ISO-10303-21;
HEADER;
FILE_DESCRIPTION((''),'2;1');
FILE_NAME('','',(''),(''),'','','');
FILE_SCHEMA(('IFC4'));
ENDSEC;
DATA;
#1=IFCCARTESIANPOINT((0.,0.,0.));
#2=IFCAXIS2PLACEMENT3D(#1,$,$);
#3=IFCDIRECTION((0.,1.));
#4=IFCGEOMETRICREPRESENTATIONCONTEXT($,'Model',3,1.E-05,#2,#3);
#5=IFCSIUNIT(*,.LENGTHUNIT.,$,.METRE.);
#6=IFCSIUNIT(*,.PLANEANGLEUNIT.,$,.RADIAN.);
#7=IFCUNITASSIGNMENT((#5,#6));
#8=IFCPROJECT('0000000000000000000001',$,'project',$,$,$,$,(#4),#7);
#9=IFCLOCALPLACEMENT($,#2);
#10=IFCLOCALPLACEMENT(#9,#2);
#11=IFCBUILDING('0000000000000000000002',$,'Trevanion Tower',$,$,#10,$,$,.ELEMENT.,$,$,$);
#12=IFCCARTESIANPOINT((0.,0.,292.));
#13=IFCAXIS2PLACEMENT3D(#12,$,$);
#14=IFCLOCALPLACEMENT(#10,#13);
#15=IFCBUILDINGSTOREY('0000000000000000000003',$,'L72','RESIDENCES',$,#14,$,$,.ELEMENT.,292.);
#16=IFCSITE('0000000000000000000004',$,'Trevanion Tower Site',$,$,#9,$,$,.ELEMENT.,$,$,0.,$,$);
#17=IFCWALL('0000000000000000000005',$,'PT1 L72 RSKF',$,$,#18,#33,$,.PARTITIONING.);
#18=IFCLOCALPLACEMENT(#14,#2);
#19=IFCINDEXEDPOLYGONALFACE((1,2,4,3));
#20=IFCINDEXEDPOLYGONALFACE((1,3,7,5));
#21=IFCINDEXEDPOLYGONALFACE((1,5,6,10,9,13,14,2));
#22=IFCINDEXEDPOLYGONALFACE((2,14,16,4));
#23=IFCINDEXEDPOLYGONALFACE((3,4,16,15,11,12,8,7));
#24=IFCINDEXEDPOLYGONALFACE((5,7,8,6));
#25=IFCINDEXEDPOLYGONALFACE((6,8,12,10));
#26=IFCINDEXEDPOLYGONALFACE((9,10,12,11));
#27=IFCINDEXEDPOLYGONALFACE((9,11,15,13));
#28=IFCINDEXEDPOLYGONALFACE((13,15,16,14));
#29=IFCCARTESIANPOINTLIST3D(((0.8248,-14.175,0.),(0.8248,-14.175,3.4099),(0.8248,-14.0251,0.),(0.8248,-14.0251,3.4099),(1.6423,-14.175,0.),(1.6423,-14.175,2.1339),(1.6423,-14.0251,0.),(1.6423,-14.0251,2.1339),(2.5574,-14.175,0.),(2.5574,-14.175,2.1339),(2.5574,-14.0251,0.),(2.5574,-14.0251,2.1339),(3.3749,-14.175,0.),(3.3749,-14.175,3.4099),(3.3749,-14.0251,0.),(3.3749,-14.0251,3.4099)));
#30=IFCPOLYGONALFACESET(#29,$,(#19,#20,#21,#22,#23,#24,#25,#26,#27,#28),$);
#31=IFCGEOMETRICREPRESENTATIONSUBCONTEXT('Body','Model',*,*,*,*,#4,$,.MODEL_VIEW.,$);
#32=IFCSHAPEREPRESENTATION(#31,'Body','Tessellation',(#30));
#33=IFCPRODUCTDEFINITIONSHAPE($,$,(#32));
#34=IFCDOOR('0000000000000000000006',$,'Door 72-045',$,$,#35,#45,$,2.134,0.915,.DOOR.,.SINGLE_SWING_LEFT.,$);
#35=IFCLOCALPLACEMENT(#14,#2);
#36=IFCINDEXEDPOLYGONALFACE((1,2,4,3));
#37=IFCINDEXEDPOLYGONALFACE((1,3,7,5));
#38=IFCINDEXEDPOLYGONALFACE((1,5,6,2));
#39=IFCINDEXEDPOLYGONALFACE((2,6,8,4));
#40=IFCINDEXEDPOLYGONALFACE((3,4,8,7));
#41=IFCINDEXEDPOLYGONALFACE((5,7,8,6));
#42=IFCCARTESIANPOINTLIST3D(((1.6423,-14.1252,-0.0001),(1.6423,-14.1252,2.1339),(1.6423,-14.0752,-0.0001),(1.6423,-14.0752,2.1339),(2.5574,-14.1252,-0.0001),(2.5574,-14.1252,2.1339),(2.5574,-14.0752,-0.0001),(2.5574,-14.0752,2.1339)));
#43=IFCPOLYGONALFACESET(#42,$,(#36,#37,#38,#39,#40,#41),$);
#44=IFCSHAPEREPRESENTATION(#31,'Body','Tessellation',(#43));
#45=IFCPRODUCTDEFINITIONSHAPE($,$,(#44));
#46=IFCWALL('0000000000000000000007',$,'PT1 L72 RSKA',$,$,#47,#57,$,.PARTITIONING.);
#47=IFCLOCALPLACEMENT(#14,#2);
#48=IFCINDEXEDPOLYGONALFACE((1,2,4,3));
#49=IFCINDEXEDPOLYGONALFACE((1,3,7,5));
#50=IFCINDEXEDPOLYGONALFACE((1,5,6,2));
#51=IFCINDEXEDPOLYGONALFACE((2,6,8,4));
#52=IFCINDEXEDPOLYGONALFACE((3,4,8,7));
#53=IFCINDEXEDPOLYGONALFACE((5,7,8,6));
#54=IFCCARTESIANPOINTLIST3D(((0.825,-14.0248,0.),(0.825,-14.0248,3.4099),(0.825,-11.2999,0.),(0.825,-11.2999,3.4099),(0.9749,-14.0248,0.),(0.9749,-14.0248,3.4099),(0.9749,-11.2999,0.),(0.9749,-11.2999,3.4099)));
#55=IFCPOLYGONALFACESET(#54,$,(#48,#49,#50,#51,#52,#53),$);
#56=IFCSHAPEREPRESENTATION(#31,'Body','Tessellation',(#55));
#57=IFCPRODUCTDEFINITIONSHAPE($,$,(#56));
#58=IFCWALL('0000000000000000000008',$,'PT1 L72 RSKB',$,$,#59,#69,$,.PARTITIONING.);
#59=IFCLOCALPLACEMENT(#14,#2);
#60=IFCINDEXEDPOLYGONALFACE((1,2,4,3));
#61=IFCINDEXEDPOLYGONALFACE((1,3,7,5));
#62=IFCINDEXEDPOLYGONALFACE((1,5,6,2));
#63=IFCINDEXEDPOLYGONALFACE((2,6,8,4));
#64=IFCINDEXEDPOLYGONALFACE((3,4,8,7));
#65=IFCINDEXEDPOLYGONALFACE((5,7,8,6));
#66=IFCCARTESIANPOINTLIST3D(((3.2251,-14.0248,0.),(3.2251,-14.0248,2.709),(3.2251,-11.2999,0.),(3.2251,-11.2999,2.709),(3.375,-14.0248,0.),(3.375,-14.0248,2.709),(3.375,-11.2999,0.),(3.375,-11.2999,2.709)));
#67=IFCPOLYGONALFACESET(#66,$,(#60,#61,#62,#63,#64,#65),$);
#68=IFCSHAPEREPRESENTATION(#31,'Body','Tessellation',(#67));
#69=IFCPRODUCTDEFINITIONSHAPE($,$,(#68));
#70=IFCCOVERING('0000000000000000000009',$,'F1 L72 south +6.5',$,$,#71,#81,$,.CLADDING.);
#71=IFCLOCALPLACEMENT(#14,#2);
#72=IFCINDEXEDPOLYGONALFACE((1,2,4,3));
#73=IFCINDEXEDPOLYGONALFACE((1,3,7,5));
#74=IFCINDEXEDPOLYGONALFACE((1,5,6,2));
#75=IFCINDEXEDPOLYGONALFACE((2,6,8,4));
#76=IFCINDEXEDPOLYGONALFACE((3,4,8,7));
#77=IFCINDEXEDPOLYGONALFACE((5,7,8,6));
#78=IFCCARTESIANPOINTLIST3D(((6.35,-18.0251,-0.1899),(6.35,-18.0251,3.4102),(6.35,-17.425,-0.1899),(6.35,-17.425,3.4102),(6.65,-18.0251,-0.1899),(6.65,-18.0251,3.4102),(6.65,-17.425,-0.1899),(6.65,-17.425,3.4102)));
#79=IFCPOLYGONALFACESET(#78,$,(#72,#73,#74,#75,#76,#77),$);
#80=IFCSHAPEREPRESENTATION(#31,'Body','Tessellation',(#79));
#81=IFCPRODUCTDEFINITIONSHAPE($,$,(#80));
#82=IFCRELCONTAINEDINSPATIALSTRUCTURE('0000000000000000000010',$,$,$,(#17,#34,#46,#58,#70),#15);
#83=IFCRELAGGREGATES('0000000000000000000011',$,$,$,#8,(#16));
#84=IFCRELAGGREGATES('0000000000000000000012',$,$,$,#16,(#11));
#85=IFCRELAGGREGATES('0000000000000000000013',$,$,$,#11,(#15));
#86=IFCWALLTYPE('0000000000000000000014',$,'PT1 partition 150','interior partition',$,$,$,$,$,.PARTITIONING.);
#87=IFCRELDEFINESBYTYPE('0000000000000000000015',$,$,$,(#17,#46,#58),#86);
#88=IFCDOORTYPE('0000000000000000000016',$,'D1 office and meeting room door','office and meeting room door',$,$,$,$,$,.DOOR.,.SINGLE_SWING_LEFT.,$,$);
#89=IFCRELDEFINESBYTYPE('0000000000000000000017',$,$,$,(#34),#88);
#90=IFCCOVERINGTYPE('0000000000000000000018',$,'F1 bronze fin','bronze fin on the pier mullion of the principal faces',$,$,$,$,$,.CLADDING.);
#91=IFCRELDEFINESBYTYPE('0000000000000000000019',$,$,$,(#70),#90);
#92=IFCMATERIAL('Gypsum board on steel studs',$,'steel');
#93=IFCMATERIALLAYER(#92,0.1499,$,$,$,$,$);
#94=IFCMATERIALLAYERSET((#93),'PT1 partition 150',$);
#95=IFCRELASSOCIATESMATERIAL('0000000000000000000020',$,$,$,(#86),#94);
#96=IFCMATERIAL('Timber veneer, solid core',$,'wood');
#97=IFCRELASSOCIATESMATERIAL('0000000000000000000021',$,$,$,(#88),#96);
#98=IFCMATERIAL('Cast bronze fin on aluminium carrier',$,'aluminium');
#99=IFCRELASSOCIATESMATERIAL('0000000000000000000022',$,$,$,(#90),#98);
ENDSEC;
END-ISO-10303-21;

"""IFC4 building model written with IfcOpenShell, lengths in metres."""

from ifc_helpers import new_model, si_unit, direction, frame, frame_2d, origin, origin_2d, place, context, subcontext, project, spatial, rectangle, extrude, material, layer, layer_set, type_object, element, fill, save


model = new_model("IFC4")

# Units and contexts
model_context = context("Model", 3, precision=1e-05, world=origin(), true_north=direction((0.0, 1.0)))
body_context = subcontext(model_context, "Body", "Model", "MODEL_VIEW")
ifc_project = project(units=[si_unit("LENGTHUNIT", "METRE"), si_unit("PLANEANGLEUNIT", "RADIAN")], contexts=[model_context])

# Site, building, storey
site_placement = place(None, origin())
site = spatial("IfcSite", under=ifc_project, at=site_placement, Name="Trevanion Tower Site", CompositionType="ELEMENT", RefElevation=0.0)
building_placement = place(site_placement, origin())
building = spatial("IfcBuilding", under=site, at=building_placement, Name="Trevanion Tower", CompositionType="ELEMENT")
storey_placement = place(building_placement, frame((0.0, 0.0, 292.0)))
storey = spatial("IfcBuildingStorey", under=building, at=storey_placement, Name="L72", Description="RESIDENCES", CompositionType="ELEMENT", Elevation=292.0)

# Wall, opening, door
ifc_material_1 = material(Name="Gypsum board on steel studs", Category="steel")
ifc_layer_1 = layer(ifc_material_1, 0.1499)
ifc_layer_set_1 = layer_set([ifc_layer_1], Name="PT1 partition 150")
wall_type_1 = type_object("IfcWallType", Name="PT1 partition 150", Description="interior partition", PredefinedType="PARTITIONING", material=ifc_layer_set_1)
wall_1_placement = place(storey_placement, frame((0.825, -14.1001, 0.0), z_axis=(0.0, 0.0, 1.0), x_axis=(1.0, 0.0, 0.0)))
wall_1 = element("IfcWall", 1, at=wall_1_placement, inside=storey, type_object=wall_type_1, Name="PT1 L72 RSKF", PredefinedType="PARTITIONING", context=body_context, shape_type="SweptSolid", body=[
    extrude(rectangle(XDim=2.55, YDim=0.1499, at=frame_2d((1.2749, 0.0))), origin(), (0.0, 0.0, 1.0), 3.4099),
])
opening_placement = place(wall_1_placement, frame((0.8174, 0.0, 0.0)))
opening = element("IfcOpeningElement", 2, at=opening_placement, cuts=wall_1, PredefinedType="OPENING", context=body_context, shape_type="SweptSolid", body=[
    extrude(rectangle(XDim=0.915, YDim=2.134, at=frame_2d((0.4575, 1.0669))), frame((0.0, 0.085, 0.0), z_axis=(0.0, -1.0, 0.0), x_axis=(1.0, 0.0, 0.0)), (0.0, 0.0, 1.0), 0.1699),
])
ifc_material_2 = material(Name="Timber veneer, solid core", Category="wood")
door_type = type_object("IfcDoorType", Name="D1 office and meeting room door", Description="office and meeting room door", OperationType="SINGLE_SWING_LEFT", PredefinedType="DOOR", material=ifc_material_2)
door_placement = place(opening_placement, origin())
door = element("IfcDoor", 3, at=door_placement, inside=storey, type_object=door_type, Name="Door 72-045", OperationType="SINGLE_SWING_LEFT", OverallHeight=2.134, OverallWidth=0.915, PredefinedType="DOOR", context=body_context, shape_type="SweptSolid", body=[
    extrude(rectangle(XDim=0.915, YDim=2.134, at=frame_2d((0.4575, 1.0669))), frame((0.0, 0.0249, 0.0), z_axis=(0.0, -1.0, 0.0), x_axis=(1.0, 0.0, 0.0)), (0.0, 0.0, 1.0), 0.05),
])
fill(opening, door)

# Walls
wall_2_placement = place(storey_placement, frame((0.8999, -11.3, 0.0), z_axis=(0.0, 0.0, 1.0), x_axis=(0.0, -1.0, 0.0)))
element("IfcWall", 4, at=wall_2_placement, inside=storey, type_object=wall_type_1, Name="PT1 L72 RSKA", PredefinedType="PARTITIONING", context=body_context, shape_type="SweptSolid", body=[
    extrude(rectangle(XDim=2.7249, YDim=0.1499, at=frame_2d((1.3623, 0.0))), origin(), (0.0, 0.0, 1.0), 3.4099),
])
wall_3_placement = place(storey_placement, frame((3.3, -11.3, 0.0), z_axis=(0.0, 0.0, 1.0), x_axis=(0.0, -1.0, 0.0)))
element("IfcWall", 5, at=wall_3_placement, inside=storey, type_object=wall_type_1, Name="PT1 L72 RSKB", PredefinedType="PARTITIONING", context=body_context, shape_type="SweptSolid", body=[
    extrude(rectangle(XDim=2.7249, YDim=0.1499, at=frame_2d((1.3623, 0.0))), origin(), (0.0, 0.0, 1.0), 2.709),
])

# Covering
ifc_material_3 = material(Name="Cast bronze fin on aluminium carrier", Category="aluminium")
covering_type = type_object("IfcCoveringType", Name="F1 bronze fin", Description="bronze fin on the pier mullion of the principal faces", PredefinedType="CLADDING", material=ifc_material_3)
covering_placement = place(storey_placement, frame((6.5, -17.7251, -0.1899), z_axis=(0.0, 0.0, 1.0), x_axis=(1.0, 0.0, 0.0)))
element("IfcCovering", 6, at=covering_placement, inside=storey, type_object=covering_type, Name="F1 L72 south +6.5", PredefinedType="CLADDING", context=body_context, shape_type="SweptSolid", body=[
    extrude(rectangle(XDim=0.3, YDim=0.6001, at=origin_2d()), origin(), (0.0, 0.0, 1.0), 3.6001),
])

save(model, "model.ifc")
